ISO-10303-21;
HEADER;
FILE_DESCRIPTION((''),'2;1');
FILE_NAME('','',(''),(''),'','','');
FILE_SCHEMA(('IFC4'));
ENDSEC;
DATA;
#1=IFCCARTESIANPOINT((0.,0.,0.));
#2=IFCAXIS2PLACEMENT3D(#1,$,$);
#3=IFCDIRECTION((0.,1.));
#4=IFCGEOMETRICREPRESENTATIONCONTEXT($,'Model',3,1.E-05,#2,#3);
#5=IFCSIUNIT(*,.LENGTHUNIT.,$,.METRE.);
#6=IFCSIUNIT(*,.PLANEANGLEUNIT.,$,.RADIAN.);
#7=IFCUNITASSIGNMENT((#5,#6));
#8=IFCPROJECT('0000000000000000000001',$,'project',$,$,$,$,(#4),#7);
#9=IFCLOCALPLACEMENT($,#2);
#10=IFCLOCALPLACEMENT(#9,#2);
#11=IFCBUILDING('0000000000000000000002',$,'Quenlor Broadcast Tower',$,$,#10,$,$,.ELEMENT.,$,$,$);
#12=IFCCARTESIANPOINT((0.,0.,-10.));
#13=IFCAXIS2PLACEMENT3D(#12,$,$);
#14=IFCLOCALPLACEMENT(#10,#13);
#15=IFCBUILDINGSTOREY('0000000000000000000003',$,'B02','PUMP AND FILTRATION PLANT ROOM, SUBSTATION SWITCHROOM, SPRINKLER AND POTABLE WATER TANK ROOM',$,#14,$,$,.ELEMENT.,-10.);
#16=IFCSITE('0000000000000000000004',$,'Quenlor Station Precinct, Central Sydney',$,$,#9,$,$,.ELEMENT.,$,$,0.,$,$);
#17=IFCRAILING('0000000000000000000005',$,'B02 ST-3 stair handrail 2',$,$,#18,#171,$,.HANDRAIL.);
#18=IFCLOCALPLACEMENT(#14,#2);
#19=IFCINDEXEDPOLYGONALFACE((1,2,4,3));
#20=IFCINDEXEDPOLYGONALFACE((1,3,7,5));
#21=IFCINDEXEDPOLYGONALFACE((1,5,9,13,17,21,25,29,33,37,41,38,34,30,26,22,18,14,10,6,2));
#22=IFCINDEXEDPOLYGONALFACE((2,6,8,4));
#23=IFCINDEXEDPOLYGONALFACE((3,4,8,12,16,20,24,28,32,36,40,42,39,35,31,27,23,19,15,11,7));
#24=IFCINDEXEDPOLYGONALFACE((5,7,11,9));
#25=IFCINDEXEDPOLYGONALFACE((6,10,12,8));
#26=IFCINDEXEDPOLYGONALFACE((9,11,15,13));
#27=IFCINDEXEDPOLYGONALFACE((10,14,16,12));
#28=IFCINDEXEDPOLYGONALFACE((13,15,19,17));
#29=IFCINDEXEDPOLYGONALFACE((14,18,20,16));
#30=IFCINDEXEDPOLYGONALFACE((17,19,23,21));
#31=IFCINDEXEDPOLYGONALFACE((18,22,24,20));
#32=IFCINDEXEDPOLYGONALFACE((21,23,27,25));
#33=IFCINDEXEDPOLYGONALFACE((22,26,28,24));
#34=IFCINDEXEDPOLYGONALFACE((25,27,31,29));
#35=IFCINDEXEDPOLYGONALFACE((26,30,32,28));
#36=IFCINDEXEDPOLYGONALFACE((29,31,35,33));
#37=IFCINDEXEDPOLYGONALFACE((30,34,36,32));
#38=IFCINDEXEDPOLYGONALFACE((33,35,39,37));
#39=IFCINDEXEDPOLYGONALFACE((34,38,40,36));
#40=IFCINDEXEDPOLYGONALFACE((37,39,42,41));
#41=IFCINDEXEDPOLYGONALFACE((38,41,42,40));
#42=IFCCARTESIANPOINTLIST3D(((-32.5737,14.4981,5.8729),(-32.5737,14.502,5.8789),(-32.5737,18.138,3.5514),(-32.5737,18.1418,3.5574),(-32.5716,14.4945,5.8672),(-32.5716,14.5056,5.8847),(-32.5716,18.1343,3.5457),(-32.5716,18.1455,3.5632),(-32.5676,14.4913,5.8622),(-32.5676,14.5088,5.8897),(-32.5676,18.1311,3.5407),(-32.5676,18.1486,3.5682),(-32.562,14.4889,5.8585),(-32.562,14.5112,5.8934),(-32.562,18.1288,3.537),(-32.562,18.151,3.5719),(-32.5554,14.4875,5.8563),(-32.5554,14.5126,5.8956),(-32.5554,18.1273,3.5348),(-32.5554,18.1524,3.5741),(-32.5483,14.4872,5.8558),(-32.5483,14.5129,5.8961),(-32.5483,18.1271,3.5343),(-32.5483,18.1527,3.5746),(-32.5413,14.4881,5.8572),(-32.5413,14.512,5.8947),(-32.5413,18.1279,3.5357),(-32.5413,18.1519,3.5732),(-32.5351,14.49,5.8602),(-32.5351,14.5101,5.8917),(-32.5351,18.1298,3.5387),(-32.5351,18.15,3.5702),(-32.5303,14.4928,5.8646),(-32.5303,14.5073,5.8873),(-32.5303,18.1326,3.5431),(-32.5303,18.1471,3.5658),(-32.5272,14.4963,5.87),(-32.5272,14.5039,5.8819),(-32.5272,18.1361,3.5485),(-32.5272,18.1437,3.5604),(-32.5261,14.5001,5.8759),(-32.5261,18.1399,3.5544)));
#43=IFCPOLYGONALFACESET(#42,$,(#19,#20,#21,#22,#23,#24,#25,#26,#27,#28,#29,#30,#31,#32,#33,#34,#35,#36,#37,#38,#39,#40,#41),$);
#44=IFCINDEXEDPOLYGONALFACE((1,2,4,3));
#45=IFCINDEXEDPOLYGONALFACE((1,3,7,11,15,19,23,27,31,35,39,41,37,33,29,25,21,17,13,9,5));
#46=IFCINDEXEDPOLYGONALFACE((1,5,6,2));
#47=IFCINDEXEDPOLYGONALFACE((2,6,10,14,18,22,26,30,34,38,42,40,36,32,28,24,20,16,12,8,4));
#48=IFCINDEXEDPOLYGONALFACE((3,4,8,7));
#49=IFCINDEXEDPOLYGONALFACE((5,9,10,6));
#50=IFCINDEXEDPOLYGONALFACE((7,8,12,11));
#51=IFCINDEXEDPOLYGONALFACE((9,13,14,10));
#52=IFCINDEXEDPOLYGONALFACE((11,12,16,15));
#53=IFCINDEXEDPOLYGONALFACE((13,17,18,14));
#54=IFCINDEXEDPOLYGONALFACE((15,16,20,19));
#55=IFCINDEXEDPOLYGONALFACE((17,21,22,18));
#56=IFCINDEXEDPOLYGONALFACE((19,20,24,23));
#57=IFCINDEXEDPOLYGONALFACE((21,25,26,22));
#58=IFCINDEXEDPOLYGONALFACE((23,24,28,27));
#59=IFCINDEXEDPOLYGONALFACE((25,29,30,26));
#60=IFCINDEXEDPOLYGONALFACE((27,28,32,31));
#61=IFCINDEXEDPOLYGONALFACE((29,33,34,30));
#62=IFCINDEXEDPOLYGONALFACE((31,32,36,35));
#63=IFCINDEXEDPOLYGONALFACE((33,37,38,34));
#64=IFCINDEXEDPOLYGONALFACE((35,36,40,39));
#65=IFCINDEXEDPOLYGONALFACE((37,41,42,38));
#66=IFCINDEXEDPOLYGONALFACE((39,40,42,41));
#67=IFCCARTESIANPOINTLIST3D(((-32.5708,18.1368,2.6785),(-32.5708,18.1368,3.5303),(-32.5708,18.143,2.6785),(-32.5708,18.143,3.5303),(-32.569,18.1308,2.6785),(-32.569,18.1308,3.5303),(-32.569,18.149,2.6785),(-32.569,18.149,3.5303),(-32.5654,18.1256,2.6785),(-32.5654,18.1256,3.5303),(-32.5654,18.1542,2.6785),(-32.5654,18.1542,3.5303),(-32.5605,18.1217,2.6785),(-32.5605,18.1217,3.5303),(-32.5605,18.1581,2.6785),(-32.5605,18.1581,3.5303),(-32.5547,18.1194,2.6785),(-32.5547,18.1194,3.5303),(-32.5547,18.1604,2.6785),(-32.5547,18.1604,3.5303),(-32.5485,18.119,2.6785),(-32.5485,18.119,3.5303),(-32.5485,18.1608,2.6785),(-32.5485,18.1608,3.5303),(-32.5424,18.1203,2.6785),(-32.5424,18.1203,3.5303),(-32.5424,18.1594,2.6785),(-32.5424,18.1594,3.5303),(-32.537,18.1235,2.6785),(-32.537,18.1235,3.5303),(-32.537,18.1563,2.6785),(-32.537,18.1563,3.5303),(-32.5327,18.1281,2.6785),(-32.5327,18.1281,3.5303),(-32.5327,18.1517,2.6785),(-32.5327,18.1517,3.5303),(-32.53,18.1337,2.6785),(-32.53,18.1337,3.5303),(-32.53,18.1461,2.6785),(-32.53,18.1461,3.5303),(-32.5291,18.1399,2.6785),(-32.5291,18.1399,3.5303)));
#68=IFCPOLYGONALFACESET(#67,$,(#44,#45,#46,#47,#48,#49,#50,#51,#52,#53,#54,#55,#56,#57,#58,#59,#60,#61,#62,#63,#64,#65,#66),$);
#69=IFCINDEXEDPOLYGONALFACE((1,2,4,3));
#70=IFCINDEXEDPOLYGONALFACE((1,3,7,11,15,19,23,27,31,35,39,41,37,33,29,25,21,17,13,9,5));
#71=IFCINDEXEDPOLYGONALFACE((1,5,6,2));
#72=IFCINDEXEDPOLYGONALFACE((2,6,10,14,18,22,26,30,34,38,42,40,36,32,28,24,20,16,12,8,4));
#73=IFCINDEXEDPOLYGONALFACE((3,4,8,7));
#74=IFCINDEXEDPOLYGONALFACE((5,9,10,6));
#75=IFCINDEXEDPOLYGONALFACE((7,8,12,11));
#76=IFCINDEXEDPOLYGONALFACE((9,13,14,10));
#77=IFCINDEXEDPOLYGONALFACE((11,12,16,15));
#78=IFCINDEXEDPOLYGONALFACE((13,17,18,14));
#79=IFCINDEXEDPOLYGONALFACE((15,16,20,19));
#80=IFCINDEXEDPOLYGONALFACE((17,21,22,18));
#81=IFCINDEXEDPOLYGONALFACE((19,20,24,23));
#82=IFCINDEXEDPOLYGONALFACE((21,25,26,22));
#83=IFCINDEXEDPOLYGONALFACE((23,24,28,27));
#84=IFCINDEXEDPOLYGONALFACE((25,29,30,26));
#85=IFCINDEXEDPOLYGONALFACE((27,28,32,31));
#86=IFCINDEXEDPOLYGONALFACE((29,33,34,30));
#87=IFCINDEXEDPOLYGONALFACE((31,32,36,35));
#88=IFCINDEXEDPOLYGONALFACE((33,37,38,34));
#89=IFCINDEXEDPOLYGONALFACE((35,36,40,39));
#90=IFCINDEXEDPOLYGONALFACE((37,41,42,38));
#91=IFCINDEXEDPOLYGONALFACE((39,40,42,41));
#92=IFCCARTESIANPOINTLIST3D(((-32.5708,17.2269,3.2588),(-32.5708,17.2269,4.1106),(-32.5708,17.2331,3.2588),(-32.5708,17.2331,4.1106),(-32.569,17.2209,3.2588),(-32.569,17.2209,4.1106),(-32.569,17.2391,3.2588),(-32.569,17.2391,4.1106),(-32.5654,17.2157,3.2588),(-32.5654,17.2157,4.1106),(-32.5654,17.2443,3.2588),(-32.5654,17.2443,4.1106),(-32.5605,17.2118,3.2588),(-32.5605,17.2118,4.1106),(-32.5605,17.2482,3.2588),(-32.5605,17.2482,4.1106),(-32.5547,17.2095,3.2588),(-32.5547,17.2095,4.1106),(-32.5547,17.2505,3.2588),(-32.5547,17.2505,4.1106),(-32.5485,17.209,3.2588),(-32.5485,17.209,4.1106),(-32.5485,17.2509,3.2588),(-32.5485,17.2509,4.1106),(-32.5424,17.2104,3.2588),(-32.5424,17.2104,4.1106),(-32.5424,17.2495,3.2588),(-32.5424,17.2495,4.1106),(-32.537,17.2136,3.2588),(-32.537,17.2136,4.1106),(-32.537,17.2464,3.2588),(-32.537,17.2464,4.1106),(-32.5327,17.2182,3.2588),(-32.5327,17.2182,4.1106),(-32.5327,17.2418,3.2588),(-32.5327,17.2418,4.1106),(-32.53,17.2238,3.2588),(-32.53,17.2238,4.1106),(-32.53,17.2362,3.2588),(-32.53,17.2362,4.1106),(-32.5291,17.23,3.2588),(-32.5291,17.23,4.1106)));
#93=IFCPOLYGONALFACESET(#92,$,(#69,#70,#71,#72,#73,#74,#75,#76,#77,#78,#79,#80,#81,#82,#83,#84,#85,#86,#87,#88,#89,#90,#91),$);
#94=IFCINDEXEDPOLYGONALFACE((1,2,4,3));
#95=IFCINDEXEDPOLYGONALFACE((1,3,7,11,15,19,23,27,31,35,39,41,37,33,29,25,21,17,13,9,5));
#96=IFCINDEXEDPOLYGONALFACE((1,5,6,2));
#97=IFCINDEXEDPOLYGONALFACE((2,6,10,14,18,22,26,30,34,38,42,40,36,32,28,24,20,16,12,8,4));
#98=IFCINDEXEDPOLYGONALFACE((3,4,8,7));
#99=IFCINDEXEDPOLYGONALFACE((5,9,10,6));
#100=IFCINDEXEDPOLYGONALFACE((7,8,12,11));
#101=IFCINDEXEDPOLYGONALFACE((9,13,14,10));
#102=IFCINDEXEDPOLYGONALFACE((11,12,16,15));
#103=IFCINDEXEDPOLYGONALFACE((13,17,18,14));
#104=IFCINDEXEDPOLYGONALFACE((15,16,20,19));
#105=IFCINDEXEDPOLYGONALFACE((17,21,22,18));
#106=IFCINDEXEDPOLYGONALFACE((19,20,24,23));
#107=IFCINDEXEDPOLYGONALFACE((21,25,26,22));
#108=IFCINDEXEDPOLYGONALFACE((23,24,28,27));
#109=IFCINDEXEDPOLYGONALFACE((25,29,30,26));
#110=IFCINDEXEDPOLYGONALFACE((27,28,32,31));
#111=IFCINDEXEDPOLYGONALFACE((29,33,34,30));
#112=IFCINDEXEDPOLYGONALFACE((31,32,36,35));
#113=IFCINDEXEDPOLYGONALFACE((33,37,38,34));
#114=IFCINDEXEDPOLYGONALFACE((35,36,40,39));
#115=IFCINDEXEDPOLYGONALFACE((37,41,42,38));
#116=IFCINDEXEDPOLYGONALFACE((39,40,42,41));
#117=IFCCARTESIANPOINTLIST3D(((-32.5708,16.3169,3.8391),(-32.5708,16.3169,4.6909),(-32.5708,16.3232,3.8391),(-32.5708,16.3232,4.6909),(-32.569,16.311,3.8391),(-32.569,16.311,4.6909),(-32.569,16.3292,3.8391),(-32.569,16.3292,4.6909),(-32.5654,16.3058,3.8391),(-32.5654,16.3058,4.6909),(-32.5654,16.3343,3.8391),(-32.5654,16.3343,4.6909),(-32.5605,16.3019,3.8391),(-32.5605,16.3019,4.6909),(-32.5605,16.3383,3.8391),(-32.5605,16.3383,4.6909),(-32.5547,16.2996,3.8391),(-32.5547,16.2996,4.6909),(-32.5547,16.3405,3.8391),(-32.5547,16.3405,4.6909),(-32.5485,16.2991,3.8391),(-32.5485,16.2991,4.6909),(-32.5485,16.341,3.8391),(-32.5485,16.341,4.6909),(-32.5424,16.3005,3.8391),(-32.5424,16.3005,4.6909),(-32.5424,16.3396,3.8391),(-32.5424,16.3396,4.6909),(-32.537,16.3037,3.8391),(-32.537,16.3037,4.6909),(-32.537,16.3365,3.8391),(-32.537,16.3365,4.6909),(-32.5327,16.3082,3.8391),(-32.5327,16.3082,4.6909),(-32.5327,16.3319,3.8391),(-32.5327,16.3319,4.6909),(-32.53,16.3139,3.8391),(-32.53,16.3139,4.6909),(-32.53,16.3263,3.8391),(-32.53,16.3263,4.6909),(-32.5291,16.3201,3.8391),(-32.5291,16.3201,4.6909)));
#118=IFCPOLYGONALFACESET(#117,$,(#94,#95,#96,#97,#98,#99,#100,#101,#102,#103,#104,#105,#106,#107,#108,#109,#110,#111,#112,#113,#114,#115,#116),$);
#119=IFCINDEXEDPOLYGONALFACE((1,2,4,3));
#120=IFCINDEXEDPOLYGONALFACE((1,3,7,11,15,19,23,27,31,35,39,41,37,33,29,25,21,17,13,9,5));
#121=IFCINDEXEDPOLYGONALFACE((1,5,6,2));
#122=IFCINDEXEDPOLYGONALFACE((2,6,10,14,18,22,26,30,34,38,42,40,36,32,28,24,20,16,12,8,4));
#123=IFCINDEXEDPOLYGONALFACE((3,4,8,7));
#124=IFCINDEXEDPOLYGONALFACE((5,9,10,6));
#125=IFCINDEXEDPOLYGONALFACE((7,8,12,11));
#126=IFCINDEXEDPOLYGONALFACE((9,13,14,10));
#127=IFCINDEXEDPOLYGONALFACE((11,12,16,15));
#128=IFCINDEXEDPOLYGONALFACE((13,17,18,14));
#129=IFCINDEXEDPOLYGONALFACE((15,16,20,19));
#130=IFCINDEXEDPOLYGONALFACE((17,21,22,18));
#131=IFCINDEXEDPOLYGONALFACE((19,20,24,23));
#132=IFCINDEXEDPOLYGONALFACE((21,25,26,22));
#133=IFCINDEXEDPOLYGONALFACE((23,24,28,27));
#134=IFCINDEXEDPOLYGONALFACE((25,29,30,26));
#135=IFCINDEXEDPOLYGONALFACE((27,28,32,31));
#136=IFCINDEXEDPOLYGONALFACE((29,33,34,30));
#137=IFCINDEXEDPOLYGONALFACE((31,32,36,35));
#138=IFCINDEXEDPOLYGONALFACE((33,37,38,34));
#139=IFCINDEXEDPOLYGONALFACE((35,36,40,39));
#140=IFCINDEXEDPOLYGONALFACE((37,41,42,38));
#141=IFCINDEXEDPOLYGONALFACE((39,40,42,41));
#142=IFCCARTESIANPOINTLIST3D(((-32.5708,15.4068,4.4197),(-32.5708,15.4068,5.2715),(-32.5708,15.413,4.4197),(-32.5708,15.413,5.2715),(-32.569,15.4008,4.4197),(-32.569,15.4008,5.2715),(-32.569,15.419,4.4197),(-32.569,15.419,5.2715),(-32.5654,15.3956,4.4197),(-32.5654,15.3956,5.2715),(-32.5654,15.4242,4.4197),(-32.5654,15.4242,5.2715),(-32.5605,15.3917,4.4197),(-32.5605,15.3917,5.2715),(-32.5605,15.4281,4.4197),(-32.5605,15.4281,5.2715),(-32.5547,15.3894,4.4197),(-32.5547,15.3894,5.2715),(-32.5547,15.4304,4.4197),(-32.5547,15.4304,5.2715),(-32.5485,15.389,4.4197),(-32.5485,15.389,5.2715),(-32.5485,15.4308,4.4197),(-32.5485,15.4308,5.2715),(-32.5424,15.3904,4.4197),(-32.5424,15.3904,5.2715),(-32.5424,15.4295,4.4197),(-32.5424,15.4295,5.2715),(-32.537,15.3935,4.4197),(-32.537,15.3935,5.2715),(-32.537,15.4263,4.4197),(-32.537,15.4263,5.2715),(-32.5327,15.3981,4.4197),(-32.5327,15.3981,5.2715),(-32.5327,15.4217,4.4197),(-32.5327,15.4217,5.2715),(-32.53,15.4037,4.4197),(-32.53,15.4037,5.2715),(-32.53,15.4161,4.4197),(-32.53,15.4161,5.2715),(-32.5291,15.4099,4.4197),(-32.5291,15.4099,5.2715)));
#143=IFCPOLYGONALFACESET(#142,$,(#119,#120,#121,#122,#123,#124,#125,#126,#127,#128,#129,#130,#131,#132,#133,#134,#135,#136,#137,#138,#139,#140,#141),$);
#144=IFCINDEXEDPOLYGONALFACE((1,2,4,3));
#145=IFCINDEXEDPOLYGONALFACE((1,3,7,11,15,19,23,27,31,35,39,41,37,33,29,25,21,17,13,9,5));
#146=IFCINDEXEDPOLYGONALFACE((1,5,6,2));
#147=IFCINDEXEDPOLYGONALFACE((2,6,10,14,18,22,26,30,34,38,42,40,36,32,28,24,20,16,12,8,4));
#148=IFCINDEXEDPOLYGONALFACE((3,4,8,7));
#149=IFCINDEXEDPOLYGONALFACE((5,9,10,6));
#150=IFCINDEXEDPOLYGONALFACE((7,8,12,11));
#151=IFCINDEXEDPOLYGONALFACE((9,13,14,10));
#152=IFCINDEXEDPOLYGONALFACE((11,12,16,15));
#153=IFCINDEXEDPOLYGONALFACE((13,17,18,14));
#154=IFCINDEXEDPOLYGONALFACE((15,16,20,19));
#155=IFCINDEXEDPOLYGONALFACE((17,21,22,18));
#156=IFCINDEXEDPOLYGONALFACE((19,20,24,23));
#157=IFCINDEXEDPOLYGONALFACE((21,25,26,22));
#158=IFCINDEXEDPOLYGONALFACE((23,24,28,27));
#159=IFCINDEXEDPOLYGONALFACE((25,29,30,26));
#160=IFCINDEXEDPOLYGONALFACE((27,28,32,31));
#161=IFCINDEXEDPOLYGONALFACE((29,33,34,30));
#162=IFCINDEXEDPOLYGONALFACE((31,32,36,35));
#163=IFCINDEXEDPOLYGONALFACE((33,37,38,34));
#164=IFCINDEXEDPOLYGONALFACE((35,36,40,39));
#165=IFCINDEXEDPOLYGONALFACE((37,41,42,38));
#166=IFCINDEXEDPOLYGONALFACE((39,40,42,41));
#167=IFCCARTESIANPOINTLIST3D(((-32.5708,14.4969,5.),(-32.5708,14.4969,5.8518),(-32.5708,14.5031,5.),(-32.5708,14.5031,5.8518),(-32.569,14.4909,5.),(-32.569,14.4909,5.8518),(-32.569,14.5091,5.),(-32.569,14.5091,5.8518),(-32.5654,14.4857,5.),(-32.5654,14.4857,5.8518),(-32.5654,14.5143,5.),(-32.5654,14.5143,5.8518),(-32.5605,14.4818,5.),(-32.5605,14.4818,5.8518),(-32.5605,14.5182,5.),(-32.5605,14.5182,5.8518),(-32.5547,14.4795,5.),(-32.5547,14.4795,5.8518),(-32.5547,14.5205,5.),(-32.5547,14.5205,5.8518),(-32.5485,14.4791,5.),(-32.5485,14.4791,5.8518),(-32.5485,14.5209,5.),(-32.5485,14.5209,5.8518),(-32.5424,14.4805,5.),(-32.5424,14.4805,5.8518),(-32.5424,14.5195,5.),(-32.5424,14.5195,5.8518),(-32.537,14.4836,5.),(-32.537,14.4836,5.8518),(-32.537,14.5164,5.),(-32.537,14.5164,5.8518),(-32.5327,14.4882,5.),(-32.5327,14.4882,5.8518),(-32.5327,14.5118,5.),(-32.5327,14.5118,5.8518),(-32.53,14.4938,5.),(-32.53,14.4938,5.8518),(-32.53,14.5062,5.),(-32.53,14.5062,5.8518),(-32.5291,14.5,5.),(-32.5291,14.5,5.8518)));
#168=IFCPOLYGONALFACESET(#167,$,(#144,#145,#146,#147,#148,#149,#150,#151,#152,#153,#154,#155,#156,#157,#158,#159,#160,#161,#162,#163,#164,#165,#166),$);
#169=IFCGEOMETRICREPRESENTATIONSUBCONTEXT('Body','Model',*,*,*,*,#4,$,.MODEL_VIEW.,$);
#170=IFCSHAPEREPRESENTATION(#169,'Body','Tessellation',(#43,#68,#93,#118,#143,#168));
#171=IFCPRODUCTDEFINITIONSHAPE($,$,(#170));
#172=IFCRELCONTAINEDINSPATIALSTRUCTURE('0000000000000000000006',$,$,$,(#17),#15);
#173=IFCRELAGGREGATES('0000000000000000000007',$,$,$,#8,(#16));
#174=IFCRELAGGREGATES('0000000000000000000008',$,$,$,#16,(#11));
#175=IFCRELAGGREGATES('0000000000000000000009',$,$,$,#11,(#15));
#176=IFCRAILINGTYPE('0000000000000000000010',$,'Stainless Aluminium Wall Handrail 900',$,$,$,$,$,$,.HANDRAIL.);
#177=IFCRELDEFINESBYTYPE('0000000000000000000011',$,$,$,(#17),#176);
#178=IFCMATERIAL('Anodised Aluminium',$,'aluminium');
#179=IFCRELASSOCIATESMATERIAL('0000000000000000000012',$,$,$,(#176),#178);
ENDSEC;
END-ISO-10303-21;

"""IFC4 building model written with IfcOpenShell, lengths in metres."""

from ifc_helpers import new_model, si_unit, direction, frame, origin, origin_2d, place, context, subcontext, project, spatial, circle, extrude, material, type_object, element, save


model = new_model("IFC4")

# Units and contexts
model_context = context("Model", 3, precision=1e-05, world=origin(), true_north=direction((0.0, 1.0)))
body_context = subcontext(model_context, "Body", "Model", "MODEL_VIEW")
ifc_project = project(units=[si_unit("LENGTHUNIT", "METRE"), si_unit("PLANEANGLEUNIT", "RADIAN")], contexts=[model_context])

# Site, building, storey
site_placement = place(None, origin())
site = spatial("IfcSite", under=ifc_project, at=site_placement, Name="Quenlor Station Precinct, Central Sydney", CompositionType="ELEMENT", RefElevation=0.0)
building_placement = place(site_placement, origin())
building = spatial("IfcBuilding", under=site, at=building_placement, Name="Quenlor Broadcast Tower", CompositionType="ELEMENT")
storey_placement = place(building_placement, frame((0.0, 0.0, -10.0)))
storey = spatial("IfcBuildingStorey", under=building, at=storey_placement, Name="B02", Description="PUMP AND FILTRATION PLANT ROOM, SUBSTATION SWITCHROOM, SPRINKLER AND POTABLE WATER TANK ROOM", CompositionType="ELEMENT", Elevation=-10.0)

# Railing
ifc_material_1 = material(Name="Anodised Aluminium", Category="aluminium")
railing_type_1 = type_object("IfcRailingType", Name="Stainless Aluminium Wall Handrail 900", PredefinedType="HANDRAIL", material=ifc_material_1)
railing_1_placement = place(storey_placement, frame((-32.55, 18.1399, 2.6785)))
element("IfcRailing", 1, at=railing_1_placement, inside=storey, type_object=railing_type_1, Name="B02 ST-3 stair handrail 2", PredefinedType="HANDRAIL", context=body_context, shape_type="SweptSolid", body=[
    extrude(circle(Radius=0.0239, at=origin_2d()), frame((0.0, 0.0, 0.876), z_axis=(0.0, -0.843112, 0.537739), x_axis=(1.0, 0.0, 0.0)), (0.0, 0.0, 1.0), 4.3171),
    extrude(circle(Radius=0.021, at=origin_2d()), origin(), (0.0, 0.0, 1.0), 0.8518),
    extrude(circle(Radius=0.021, at=origin_2d()), frame((0.0, -0.9099, 0.5803)), (0.0, 0.0, 1.0), 0.8518),
    extrude(circle(Radius=0.021, at=origin_2d()), frame((0.0, -1.8198, 1.1606)), (0.0, 0.0, 1.0), 0.8518),
    extrude(circle(Radius=0.021, at=origin_2d()), frame((0.0, -2.73, 1.7412)), (0.0, 0.0, 1.0), 0.8518),
    extrude(circle(Radius=0.021, at=origin_2d()), frame((0.0, -3.6399, 2.3215)), (0.0, 0.0, 1.0), 0.8518),
])

save(model, "model.ifc")
